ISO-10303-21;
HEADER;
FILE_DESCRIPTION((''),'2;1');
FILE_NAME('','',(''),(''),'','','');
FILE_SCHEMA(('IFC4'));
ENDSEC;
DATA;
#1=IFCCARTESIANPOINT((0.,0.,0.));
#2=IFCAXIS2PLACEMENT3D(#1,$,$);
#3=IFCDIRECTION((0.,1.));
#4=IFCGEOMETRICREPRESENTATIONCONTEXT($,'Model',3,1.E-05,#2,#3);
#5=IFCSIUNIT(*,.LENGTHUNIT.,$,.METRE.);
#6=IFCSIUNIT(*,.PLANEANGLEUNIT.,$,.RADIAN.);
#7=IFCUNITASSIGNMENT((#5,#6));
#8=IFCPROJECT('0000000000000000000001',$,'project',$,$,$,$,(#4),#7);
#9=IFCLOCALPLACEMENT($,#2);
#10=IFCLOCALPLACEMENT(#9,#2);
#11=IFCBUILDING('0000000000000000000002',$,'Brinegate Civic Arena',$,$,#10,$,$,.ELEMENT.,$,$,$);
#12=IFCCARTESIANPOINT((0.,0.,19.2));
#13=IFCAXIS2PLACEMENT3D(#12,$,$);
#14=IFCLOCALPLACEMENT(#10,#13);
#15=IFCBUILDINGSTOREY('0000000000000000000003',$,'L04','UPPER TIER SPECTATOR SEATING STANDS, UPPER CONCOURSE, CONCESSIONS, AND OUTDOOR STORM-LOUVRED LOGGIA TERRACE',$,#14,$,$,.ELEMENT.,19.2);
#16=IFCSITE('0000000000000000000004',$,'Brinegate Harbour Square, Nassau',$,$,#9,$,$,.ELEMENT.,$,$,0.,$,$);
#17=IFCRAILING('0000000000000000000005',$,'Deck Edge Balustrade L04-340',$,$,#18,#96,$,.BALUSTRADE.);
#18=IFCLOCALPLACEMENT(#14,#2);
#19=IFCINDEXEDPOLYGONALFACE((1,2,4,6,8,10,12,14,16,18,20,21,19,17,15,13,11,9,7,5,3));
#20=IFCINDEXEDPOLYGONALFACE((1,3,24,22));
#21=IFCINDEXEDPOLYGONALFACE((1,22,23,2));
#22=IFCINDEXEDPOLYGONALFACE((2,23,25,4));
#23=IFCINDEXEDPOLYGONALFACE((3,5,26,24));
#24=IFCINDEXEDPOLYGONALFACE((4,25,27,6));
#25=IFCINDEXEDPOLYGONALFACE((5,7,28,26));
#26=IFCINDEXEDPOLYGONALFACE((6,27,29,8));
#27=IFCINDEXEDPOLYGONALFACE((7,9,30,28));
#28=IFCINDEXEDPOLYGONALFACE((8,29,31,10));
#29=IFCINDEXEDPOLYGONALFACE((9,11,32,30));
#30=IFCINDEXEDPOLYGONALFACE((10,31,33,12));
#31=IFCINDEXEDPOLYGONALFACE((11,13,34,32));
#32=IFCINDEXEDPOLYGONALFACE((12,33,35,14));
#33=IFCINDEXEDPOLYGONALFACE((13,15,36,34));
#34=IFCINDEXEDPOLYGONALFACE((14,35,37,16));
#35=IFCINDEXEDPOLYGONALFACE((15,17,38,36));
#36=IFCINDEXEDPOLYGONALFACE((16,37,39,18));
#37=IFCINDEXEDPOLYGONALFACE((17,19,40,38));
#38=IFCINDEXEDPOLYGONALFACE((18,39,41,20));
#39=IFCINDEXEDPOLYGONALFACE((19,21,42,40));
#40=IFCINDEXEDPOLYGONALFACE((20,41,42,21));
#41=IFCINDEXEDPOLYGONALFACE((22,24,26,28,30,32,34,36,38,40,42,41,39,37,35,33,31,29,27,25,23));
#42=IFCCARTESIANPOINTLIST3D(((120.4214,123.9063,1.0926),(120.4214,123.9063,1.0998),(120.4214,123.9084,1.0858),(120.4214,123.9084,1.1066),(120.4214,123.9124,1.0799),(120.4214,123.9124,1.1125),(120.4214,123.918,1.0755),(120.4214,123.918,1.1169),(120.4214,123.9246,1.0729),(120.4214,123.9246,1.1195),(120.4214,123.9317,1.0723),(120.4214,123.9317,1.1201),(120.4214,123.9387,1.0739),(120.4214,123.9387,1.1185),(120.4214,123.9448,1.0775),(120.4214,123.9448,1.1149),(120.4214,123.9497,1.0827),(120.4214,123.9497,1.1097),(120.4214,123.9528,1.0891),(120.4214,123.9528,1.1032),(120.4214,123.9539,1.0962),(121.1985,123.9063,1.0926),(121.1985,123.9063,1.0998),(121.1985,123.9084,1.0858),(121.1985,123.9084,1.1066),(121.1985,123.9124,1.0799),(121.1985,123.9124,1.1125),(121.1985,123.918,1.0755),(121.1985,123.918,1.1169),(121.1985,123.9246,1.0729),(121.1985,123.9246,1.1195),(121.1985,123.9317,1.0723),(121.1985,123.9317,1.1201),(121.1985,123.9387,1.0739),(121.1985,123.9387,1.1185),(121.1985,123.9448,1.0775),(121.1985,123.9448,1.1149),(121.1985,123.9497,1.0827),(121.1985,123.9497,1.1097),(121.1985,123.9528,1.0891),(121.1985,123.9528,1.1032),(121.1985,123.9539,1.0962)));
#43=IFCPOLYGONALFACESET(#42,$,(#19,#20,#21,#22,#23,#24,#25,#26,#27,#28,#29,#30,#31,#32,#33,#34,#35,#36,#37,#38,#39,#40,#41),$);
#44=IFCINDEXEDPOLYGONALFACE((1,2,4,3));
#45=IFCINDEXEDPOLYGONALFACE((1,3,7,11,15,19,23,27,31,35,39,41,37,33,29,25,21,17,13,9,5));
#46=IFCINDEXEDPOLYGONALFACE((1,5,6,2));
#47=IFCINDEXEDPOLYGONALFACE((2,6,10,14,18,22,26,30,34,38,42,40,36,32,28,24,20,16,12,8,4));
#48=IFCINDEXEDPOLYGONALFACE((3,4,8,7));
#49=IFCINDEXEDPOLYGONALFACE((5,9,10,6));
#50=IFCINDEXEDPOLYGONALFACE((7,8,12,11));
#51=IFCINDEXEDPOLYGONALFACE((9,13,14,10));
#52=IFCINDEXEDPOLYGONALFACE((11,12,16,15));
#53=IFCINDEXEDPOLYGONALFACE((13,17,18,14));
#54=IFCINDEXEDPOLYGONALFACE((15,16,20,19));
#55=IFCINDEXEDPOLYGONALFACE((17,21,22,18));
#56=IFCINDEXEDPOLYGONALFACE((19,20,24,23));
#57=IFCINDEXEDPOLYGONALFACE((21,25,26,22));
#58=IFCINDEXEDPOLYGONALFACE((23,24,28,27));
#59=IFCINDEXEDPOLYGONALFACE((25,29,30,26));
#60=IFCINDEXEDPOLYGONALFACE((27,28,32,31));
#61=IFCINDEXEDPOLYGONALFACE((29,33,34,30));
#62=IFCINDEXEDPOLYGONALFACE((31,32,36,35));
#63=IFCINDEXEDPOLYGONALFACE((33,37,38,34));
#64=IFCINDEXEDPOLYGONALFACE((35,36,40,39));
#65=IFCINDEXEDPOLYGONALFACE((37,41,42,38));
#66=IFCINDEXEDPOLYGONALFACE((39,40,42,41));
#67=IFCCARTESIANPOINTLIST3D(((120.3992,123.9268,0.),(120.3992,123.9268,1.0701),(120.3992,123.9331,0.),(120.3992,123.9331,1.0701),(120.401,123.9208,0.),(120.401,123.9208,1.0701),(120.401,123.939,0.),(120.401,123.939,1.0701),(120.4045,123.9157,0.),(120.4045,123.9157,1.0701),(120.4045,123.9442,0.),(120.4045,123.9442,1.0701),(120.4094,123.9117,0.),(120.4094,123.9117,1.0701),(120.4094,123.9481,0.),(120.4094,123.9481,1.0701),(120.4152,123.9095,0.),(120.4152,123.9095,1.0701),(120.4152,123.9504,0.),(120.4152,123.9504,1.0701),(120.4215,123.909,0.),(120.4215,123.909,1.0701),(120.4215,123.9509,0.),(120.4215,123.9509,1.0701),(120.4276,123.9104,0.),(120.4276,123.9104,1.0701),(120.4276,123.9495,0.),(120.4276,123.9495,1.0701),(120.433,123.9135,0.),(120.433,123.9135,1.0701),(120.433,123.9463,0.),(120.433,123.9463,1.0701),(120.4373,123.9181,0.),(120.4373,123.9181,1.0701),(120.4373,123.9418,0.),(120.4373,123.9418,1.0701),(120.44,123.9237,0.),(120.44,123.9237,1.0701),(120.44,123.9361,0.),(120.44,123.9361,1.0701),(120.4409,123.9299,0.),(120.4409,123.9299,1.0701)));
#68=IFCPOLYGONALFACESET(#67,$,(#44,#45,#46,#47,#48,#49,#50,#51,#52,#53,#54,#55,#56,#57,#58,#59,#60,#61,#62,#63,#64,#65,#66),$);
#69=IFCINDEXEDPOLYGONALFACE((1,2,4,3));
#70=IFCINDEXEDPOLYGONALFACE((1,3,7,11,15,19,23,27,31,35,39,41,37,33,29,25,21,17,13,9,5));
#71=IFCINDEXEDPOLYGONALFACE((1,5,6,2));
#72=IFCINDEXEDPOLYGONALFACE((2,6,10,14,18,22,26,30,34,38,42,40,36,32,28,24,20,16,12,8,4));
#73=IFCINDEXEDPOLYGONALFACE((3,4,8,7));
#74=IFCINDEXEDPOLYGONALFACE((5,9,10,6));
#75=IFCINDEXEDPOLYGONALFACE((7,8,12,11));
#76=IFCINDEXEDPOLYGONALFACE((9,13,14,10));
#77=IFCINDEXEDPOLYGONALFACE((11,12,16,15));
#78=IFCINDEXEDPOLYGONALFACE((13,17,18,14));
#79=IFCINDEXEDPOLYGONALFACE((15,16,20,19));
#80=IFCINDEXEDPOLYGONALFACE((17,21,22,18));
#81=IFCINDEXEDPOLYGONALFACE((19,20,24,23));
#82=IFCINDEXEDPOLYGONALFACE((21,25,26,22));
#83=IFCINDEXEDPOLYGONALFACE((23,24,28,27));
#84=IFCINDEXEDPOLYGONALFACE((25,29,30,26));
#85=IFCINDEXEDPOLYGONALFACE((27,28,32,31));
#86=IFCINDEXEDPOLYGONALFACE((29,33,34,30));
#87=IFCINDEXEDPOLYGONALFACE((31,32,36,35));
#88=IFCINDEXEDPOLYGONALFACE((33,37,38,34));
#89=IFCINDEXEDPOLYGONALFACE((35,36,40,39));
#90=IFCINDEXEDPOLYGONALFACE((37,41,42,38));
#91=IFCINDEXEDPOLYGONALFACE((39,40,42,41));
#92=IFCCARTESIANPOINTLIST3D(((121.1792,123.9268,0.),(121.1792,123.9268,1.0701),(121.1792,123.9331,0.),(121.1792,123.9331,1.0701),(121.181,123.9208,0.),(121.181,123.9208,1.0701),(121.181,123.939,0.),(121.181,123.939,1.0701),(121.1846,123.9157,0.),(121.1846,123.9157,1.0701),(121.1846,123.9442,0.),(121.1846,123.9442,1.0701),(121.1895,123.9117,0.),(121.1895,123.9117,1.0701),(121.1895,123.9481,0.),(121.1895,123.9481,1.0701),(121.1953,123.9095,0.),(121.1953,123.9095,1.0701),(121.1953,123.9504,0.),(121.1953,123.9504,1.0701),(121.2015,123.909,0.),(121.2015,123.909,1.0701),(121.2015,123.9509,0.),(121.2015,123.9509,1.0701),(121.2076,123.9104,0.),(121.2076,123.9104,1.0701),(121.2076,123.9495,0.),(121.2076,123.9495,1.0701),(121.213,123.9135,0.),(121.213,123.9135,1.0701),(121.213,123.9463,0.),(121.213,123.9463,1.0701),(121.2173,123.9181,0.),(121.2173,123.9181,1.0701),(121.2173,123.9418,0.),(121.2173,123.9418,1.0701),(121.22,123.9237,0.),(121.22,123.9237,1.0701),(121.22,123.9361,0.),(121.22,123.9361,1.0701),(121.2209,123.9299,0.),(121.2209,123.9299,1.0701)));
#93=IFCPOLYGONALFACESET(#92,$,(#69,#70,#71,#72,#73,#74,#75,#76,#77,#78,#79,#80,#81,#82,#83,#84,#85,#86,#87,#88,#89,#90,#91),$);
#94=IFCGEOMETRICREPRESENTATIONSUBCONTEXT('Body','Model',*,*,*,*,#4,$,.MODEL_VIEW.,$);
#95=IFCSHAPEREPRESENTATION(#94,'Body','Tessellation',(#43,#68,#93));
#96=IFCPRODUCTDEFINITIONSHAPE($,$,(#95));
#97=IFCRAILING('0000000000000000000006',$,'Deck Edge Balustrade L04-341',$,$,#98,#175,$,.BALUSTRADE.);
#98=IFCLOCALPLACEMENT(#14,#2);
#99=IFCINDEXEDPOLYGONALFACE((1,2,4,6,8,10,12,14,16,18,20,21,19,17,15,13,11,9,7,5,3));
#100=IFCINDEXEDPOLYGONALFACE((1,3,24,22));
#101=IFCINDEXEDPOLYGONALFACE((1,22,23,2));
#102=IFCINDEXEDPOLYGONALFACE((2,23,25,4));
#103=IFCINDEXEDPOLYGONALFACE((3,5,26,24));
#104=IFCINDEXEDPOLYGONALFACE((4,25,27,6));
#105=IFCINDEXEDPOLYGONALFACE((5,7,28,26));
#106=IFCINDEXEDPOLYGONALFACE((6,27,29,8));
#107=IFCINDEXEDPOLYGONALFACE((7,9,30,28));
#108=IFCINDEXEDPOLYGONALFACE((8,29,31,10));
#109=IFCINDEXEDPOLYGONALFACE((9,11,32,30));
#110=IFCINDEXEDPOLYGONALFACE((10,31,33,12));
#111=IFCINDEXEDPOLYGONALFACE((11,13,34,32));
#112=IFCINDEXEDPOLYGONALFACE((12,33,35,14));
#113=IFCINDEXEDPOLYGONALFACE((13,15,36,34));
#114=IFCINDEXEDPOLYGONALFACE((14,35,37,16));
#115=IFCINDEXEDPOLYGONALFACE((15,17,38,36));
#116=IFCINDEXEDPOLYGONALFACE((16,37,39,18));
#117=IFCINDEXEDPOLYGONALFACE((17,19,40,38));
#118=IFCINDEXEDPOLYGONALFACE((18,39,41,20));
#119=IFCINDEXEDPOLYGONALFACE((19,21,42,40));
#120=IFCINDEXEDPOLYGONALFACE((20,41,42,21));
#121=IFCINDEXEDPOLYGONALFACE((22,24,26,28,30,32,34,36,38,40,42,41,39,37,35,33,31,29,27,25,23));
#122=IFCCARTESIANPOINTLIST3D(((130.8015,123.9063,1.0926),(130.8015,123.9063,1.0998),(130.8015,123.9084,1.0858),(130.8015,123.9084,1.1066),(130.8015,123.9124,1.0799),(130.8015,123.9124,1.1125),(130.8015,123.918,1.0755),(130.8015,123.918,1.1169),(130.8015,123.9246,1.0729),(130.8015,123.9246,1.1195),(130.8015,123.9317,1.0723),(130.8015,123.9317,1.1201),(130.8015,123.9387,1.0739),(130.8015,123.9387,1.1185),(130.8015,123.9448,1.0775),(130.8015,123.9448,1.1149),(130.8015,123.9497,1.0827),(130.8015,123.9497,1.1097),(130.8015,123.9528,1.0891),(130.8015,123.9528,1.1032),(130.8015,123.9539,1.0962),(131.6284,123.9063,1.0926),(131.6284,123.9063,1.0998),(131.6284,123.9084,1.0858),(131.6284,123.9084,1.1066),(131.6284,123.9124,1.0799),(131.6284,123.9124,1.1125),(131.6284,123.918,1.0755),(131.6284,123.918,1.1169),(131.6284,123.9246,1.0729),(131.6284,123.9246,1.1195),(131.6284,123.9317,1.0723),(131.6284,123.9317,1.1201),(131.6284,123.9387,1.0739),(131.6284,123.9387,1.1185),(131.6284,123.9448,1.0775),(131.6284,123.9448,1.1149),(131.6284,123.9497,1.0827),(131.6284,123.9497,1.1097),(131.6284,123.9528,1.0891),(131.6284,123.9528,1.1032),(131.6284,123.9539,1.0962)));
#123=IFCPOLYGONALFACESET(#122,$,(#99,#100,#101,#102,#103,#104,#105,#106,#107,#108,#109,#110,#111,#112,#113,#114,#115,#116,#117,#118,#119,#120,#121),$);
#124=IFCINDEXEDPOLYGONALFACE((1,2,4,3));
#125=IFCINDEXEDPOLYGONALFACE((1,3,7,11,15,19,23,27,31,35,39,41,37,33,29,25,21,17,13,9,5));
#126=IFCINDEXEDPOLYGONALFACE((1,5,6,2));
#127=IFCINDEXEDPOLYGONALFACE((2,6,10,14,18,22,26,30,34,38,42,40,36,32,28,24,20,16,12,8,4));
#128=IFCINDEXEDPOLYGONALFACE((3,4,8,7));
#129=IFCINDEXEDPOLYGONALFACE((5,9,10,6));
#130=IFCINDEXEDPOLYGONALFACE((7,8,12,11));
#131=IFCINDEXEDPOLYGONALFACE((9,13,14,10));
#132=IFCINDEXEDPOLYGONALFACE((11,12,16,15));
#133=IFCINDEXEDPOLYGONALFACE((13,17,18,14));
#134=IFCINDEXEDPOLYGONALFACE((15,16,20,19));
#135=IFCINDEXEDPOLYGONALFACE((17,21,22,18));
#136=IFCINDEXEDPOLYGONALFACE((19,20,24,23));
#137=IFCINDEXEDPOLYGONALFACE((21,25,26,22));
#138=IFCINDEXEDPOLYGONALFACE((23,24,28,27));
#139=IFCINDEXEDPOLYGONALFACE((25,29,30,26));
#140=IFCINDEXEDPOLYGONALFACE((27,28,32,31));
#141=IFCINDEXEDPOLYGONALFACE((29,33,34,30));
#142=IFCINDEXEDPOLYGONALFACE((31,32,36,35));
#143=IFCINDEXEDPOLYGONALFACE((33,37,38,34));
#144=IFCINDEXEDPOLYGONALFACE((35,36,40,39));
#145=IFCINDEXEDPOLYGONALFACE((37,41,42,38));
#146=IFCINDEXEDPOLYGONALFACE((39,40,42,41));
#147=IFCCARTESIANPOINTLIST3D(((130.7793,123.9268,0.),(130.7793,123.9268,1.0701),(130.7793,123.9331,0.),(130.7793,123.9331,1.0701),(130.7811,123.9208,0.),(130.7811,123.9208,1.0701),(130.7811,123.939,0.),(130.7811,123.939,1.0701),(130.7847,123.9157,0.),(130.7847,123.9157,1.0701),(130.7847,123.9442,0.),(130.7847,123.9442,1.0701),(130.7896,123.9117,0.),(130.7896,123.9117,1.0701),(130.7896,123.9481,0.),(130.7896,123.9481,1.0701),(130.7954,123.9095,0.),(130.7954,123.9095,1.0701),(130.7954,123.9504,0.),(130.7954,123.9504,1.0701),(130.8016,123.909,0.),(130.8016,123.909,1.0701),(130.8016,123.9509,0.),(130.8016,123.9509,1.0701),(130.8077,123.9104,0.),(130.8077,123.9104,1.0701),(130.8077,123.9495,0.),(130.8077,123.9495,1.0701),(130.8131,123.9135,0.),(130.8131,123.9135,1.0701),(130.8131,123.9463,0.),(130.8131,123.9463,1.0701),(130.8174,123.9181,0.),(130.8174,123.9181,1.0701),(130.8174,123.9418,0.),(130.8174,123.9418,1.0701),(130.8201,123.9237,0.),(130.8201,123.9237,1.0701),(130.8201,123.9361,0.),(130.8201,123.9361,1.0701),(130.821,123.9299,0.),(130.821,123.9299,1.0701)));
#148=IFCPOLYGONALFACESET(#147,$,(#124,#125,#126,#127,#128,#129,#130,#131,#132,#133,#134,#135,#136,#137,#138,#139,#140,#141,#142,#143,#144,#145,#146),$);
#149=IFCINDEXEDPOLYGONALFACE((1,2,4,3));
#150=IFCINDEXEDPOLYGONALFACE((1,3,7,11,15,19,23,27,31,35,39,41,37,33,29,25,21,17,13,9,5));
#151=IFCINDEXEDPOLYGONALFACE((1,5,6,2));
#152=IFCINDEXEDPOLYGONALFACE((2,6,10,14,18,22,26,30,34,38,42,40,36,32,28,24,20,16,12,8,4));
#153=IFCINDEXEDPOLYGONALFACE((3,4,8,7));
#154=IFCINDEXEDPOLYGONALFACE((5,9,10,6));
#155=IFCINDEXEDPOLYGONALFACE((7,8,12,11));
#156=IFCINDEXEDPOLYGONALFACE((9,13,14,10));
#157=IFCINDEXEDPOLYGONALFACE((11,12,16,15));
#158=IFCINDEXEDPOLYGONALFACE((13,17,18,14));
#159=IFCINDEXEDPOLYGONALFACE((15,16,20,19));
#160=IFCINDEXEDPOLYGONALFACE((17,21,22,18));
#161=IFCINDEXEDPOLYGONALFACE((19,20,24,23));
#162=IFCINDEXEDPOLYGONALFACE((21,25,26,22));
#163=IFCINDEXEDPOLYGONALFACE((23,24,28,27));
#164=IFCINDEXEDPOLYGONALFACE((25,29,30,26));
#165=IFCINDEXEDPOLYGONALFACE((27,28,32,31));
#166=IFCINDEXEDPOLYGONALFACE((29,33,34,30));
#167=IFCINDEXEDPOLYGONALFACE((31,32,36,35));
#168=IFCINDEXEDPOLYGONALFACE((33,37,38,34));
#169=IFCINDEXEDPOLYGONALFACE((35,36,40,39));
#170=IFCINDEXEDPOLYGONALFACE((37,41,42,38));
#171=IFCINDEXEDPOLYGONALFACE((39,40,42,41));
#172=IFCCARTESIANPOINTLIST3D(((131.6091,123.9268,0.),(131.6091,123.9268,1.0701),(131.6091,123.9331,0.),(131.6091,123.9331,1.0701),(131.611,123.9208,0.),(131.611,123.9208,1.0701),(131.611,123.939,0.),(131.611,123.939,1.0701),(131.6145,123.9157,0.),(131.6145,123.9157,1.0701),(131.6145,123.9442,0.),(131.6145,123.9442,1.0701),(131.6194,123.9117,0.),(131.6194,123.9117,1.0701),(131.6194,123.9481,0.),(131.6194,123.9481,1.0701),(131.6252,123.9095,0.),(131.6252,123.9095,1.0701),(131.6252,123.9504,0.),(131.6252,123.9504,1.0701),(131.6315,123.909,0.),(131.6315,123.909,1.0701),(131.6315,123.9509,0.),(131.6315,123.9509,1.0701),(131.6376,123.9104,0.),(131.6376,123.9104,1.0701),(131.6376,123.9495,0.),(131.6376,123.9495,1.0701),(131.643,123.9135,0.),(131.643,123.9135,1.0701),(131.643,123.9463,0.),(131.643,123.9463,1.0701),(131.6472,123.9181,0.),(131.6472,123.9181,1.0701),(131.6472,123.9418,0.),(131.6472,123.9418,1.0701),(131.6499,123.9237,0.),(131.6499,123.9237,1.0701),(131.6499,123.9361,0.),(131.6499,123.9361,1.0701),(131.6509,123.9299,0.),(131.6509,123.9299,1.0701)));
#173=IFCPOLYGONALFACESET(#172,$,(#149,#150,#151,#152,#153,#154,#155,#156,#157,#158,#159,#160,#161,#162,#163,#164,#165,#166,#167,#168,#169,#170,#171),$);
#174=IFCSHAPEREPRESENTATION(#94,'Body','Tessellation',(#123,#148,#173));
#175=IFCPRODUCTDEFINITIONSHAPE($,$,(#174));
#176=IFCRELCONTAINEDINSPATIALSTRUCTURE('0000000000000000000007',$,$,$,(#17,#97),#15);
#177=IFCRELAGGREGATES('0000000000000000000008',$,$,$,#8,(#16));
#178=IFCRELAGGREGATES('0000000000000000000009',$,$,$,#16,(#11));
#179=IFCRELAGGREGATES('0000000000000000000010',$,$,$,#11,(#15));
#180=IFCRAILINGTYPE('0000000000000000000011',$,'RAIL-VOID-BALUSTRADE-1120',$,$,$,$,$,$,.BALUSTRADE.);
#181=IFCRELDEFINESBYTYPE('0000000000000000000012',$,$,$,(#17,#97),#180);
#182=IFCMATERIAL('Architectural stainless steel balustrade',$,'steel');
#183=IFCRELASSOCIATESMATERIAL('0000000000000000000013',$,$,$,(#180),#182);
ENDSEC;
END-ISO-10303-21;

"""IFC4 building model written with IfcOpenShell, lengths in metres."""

from ifc_helpers import new_model, si_unit, direction, frame, origin, origin_2d, place, context, subcontext, project, spatial, circle, extrude, material, type_object, element, save


model = new_model("IFC4")

# Units and contexts
model_context = context("Model", 3, precision=1e-05, world=origin(), true_north=direction((0.0, 1.0)))
body_context = subcontext(model_context, "Body", "Model", "MODEL_VIEW")
ifc_project = project(units=[si_unit("LENGTHUNIT", "METRE"), si_unit("PLANEANGLEUNIT", "RADIAN")], contexts=[model_context])

# Site, building, storey
site_placement = place(None, origin())
site = spatial("IfcSite", under=ifc_project, at=site_placement, Name="Brinegate Harbour Square, Nassau", CompositionType="ELEMENT", RefElevation=0.0)
building_placement = place(site_placement, origin())
building = spatial("IfcBuilding", under=site, at=building_placement, Name="Brinegate Civic Arena", CompositionType="ELEMENT")
storey_placement = place(building_placement, frame((0.0, 0.0, 19.2)))
storey = spatial("IfcBuildingStorey", under=building, at=storey_placement, Name="L04", Description="UPPER TIER SPECTATOR SEATING STANDS, UPPER CONCOURSE, CONCESSIONS, AND OUTDOOR STORM-LOUVRED LOGGIA TERRACE", CompositionType="ELEMENT", Elevation=19.2)

# Railings
ifc_material_1 = material(Name="Architectural stainless steel balustrade", Category="steel")
railing_type_1 = type_object("IfcRailingType", Name="RAIL-VOID-BALUSTRADE-1120", PredefinedType="BALUSTRADE", material=ifc_material_1)
railing_1_placement = place(storey_placement, frame((120.4199, 123.9299, 0.0)))
element("IfcRailing", 1, at=railing_1_placement, inside=storey, type_object=railing_type_1, Name="Deck Edge Balustrade L04-340", PredefinedType="BALUSTRADE", context=body_context, shape_type="SweptSolid", body=[
    extrude(circle(Radius=0.0239, at=origin_2d()), frame((0.0015, 0.0, 1.0962), z_axis=(1.0, 0.0, 0.0), x_axis=(0.0, 1.0, 0.0)), (0.0, 0.0, 1.0), 0.7771),
    extrude(circle(Radius=0.021, at=origin_2d()), origin(), (0.0, 0.0, 1.0), 1.0701),
    extrude(circle(Radius=0.021, at=origin_2d()), frame((0.78, 0.0, 0.0)), (0.0, 0.0, 1.0), 1.0701),
])
railing_2_placement = place(storey_placement, frame((130.8, 123.9299, 0.0)))
element("IfcRailing", 2, at=railing_2_placement, inside=storey, type_object=railing_type_1, Name="Deck Edge Balustrade L04-341", PredefinedType="BALUSTRADE", context=body_context, shape_type="SweptSolid", body=[
    extrude(circle(Radius=0.0239, at=origin_2d()), frame((0.0015, 0.0, 1.0962), z_axis=(1.0, 0.0, 0.0), x_axis=(0.0, 1.0, 0.0)), (0.0, 0.0, 1.0), 0.8269),
    extrude(circle(Radius=0.021, at=origin_2d()), origin(), (0.0, 0.0, 1.0), 1.0701),
    extrude(circle(Radius=0.021, at=origin_2d()), frame((0.8298, 0.0, 0.0)), (0.0, 0.0, 1.0), 1.0701),
])

save(model, "model.ifc")
